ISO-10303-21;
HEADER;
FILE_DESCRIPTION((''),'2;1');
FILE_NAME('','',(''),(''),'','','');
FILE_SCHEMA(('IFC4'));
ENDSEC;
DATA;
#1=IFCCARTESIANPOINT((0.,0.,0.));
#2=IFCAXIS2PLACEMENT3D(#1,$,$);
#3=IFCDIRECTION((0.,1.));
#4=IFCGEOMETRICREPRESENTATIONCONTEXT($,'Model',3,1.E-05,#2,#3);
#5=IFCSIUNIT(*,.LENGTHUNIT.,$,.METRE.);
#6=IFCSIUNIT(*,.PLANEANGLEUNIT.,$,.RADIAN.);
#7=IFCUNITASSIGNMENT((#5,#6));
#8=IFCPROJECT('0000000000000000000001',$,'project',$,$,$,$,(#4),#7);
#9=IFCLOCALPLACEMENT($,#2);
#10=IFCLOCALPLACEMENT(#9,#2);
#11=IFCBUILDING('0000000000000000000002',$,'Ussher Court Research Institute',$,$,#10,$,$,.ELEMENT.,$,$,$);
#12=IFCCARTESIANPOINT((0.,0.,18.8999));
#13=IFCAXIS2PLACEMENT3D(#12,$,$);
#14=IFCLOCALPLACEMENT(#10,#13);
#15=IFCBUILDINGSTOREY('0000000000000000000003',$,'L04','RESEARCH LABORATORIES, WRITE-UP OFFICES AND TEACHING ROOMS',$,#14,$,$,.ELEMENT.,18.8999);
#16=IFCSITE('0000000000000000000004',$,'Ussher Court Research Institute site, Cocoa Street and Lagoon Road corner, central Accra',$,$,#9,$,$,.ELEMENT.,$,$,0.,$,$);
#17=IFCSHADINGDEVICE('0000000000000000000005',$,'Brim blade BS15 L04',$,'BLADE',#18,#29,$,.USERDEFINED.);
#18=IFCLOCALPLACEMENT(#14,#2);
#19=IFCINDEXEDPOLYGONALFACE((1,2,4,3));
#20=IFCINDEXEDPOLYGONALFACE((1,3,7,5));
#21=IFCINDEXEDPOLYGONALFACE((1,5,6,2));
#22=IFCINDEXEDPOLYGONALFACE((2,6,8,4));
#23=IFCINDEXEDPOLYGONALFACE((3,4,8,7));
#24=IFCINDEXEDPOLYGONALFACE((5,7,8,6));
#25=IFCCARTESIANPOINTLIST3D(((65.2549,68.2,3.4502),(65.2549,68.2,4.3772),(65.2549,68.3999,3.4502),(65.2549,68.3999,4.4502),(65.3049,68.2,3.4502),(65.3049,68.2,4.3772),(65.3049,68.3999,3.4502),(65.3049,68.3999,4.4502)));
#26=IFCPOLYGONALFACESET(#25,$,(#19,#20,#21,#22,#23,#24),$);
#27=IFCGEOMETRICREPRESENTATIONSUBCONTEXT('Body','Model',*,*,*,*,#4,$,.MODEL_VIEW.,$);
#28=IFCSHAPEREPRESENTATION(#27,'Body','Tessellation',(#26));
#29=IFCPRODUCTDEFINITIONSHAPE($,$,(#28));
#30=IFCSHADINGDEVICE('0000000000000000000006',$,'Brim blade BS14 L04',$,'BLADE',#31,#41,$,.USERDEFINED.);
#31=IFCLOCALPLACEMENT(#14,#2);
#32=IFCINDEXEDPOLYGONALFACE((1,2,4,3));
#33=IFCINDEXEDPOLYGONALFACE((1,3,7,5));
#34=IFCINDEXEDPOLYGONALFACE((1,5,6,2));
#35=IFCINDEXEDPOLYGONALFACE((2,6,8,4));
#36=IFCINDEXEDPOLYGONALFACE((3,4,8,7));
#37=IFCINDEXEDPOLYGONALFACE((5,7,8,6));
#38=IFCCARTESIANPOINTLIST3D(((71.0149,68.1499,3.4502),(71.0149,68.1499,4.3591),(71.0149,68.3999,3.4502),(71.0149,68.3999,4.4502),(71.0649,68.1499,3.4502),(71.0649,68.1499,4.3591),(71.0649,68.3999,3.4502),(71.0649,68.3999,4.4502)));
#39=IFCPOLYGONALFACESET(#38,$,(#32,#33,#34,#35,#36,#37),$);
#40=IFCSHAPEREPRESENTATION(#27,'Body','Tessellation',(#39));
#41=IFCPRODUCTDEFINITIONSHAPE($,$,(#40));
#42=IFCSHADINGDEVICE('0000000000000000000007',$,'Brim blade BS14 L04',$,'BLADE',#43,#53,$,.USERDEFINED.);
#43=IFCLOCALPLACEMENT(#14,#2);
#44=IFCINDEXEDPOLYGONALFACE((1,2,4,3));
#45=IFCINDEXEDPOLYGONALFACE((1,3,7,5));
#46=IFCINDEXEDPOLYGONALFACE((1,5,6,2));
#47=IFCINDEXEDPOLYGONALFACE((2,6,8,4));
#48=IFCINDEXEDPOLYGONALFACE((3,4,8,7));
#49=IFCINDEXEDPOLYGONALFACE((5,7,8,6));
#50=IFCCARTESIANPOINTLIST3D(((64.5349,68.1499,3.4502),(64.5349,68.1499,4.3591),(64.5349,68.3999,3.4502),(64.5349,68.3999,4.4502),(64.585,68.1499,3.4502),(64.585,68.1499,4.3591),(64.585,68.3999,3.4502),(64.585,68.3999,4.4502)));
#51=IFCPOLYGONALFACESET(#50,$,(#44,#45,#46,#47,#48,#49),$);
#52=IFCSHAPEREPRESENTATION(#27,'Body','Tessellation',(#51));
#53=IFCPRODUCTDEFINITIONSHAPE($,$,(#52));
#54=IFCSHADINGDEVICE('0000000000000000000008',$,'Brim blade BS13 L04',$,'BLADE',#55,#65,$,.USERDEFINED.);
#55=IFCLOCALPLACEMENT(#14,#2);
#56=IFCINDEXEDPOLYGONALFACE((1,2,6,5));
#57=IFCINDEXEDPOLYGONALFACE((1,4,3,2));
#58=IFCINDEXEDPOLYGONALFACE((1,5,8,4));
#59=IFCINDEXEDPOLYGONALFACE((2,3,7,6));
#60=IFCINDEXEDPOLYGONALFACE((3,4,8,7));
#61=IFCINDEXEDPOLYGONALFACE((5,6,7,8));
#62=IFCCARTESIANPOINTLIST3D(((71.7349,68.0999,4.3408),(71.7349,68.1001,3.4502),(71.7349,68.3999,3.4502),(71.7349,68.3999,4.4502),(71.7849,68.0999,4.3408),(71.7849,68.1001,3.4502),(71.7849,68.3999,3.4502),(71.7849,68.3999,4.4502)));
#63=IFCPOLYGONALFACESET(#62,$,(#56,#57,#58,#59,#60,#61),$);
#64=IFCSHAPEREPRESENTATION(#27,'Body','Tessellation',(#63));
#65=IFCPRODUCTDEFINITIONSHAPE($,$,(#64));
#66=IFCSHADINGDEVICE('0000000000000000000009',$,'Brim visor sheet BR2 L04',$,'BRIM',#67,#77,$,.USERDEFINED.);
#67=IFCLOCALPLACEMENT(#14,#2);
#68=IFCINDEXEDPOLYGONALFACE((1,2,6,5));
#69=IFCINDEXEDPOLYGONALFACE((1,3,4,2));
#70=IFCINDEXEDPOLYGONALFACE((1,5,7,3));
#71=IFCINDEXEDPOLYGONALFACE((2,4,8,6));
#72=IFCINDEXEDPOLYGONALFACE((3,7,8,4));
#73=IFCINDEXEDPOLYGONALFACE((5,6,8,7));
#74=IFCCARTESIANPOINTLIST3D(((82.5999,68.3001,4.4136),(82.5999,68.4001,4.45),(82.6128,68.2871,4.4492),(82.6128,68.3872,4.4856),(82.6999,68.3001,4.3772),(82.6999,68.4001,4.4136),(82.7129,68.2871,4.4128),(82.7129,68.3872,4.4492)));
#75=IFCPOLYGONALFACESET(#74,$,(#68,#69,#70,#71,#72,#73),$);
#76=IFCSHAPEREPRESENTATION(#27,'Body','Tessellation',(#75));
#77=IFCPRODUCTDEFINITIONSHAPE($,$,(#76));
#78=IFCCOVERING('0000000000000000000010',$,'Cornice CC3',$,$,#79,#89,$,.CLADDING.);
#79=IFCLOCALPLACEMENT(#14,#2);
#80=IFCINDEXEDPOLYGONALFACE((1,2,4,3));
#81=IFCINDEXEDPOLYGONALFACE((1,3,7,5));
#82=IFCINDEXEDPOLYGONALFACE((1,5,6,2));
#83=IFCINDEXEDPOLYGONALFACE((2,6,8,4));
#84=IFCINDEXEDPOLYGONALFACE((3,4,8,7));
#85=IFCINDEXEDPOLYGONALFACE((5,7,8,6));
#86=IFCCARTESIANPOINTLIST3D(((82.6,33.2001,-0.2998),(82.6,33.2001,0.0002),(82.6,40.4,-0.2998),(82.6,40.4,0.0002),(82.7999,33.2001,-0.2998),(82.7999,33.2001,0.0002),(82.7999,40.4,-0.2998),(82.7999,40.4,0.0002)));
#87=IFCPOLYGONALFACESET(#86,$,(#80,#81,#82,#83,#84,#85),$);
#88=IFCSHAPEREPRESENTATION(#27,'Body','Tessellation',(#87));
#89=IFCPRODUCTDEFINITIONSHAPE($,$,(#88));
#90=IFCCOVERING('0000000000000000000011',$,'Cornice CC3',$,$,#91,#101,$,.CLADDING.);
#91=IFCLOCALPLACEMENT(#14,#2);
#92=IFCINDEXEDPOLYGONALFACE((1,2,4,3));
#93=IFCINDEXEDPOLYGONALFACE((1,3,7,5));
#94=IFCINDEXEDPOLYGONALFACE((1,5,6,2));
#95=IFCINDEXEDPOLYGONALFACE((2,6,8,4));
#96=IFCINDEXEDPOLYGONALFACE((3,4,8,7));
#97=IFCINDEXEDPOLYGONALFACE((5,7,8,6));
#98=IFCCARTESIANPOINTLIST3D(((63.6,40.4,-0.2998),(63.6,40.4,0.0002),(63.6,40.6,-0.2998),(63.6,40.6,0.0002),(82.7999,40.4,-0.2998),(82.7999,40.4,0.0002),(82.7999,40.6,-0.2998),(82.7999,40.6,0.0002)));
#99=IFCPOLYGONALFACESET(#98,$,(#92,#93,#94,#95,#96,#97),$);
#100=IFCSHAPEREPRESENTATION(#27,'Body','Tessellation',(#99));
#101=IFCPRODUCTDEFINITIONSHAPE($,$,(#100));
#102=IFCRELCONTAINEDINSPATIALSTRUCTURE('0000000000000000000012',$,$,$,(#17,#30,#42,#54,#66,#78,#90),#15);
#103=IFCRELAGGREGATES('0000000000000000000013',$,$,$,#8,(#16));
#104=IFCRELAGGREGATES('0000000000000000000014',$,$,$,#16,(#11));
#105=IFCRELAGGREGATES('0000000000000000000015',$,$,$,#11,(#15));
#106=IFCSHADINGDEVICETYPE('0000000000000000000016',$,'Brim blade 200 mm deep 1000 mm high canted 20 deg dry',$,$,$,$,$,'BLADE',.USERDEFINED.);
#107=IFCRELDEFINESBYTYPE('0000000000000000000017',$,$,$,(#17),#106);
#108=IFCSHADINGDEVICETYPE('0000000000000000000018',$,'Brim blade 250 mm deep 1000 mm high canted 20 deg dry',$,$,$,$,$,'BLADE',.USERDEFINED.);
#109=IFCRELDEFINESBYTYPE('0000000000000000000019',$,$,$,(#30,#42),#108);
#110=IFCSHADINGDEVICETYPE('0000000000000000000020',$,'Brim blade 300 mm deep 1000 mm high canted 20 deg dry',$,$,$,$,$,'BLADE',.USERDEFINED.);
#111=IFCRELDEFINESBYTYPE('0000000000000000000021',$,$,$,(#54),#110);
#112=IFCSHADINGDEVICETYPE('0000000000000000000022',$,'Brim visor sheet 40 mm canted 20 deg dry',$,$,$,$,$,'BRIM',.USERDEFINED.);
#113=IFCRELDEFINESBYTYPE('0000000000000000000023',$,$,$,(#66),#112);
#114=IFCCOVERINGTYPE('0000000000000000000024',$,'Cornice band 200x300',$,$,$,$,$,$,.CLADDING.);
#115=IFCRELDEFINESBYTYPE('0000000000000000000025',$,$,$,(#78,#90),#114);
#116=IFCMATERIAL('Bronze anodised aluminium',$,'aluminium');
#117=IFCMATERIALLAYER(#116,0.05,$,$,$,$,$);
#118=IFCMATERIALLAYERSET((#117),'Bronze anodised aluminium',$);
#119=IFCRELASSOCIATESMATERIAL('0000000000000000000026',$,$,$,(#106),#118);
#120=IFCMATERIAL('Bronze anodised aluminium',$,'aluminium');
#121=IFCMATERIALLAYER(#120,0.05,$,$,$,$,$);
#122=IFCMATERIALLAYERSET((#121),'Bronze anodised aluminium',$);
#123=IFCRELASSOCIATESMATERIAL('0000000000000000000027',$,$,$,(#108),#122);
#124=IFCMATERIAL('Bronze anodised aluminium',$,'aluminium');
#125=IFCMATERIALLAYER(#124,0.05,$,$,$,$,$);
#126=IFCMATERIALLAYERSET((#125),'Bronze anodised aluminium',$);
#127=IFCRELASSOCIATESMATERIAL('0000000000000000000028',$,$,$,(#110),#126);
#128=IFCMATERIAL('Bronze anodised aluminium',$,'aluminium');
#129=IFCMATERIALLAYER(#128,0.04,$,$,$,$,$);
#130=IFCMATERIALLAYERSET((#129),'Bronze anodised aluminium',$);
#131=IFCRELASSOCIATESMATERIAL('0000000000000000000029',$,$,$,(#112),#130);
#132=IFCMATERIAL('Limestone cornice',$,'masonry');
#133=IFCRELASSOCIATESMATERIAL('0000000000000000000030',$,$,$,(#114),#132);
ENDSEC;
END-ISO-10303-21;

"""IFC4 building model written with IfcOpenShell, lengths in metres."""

from ifc_helpers import new_model, si_unit, direction, frame, origin, origin_2d, place, context, subcontext, project, spatial, polyline, rectangle, outline, extrude, material, layer, layer_set, type_object, element, save


model = new_model("IFC4")

# Units and contexts
model_context = context("Model", 3, precision=1e-05, world=origin(), true_north=direction((0.0, 1.0)))
body_context = subcontext(model_context, "Body", "Model", "MODEL_VIEW")
ifc_project = project(units=[si_unit("LENGTHUNIT", "METRE"), si_unit("PLANEANGLEUNIT", "RADIAN")], contexts=[model_context])

# Site, building, storey
site_placement = place(None, origin())
site = spatial("IfcSite", under=ifc_project, at=site_placement, Name="Ussher Court Research Institute site, Cocoa Street and Lagoon Road corner, central Accra", CompositionType="ELEMENT", RefElevation=0.0)
building_placement = place(site_placement, origin())
building = spatial("IfcBuilding", under=site, at=building_placement, Name="Ussher Court Research Institute", CompositionType="ELEMENT")
storey_placement = place(building_placement, frame((0.0, 0.0, 18.8999)))
storey = spatial("IfcBuildingStorey", under=building, at=storey_placement, Name="L04", Description="RESEARCH LABORATORIES, WRITE-UP OFFICES AND TEACHING ROOMS", CompositionType="ELEMENT", Elevation=18.8999)

# Shading devices
ifc_material_1 = material(Name="Bronze anodised aluminium", Category="aluminium")
ifc_layer_1 = layer(ifc_material_1, 0.05)
ifc_layer_set_1 = layer_set([ifc_layer_1], Name="Bronze anodised aluminium")
shading_device_type_1 = type_object("IfcShadingDeviceType", Name="Brim blade 200 mm deep 1000 mm high canted 20 deg dry", ElementType="BLADE", PredefinedType="USERDEFINED", material=ifc_layer_set_1)
for number, where, z_axis, x_axis, name in (
    (1, (65.28, 68.3999, 3.4502), (0.0, 0.0, 1.0), (0.0, -1.0, 0.0), "Brim blade BS15 L04"),
):
    element("IfcShadingDevice", number, at=place(storey_placement, frame(where, z_axis=z_axis, x_axis=x_axis)), inside=storey, type_object=shading_device_type_1, Name=name, ObjectType="BLADE", PredefinedType="USERDEFINED", context=body_context, shape_type="SweptSolid", body=[
        extrude(outline(polyline([(0.0, 0.0), (0.2, 0.0), (0.2, 0.927), (0.0, 1.0), (0.0, 0.0)])), frame((0.0, 0.0249, 0.0), z_axis=(0.0, -1.0, 0.0), x_axis=(1.0, 0.0, 0.0)), (0.0, 0.0, 1.0), 0.05),
    ])
ifc_material_2 = material(Name="Bronze anodised aluminium", Category="aluminium")
ifc_layer_2 = layer(ifc_material_2, 0.05)
ifc_layer_set_2 = layer_set([ifc_layer_2], Name="Bronze anodised aluminium")
shading_device_type_2 = type_object("IfcShadingDeviceType", Name="Brim blade 250 mm deep 1000 mm high canted 20 deg dry", ElementType="BLADE", PredefinedType="USERDEFINED", material=ifc_layer_set_2)
for number, where, z_axis, x_axis, name in (
    (2, (71.04, 68.3999, 3.4502), (0.0, 0.0, 1.0), (0.0, -1.0, 0.0), "Brim blade BS14 L04"),
    (3, (64.5601, 68.3999, 3.4502), (0.0, 0.0, 1.0), (0.0, -1.0, 0.0), "Brim blade BS14 L04"),
):
    element("IfcShadingDevice", number, at=place(storey_placement, frame(where, z_axis=z_axis, x_axis=x_axis)), inside=storey, type_object=shading_device_type_2, Name=name, ObjectType="BLADE", PredefinedType="USERDEFINED", context=body_context, shape_type="SweptSolid", body=[
        extrude(outline(polyline([(0.0, 0.0), (0.25, 0.0), (0.25, 0.9089), (0.0, 1.0), (0.0, 0.0)])), frame((0.0, 0.0249, 0.0), z_axis=(0.0, -1.0, 0.0), x_axis=(1.0, 0.0, 0.0)), (0.0, 0.0, 1.0), 0.05),
    ])
ifc_material_3 = material(Name="Bronze anodised aluminium", Category="aluminium")
ifc_layer_3 = layer(ifc_material_3, 0.05)
ifc_layer_set_3 = layer_set([ifc_layer_3], Name="Bronze anodised aluminium")
shading_device_type_3 = type_object("IfcShadingDeviceType", Name="Brim blade 300 mm deep 1000 mm high canted 20 deg dry", ElementType="BLADE", PredefinedType="USERDEFINED", material=ifc_layer_set_3)
shading_device_1_placement = place(storey_placement, frame((71.76, 68.3999, 3.4502), z_axis=(0.0, 0.0, 1.0), x_axis=(0.0, -1.0, 0.0)))
element("IfcShadingDevice", 4, at=shading_device_1_placement, inside=storey, type_object=shading_device_type_3, Name="Brim blade BS13 L04", ObjectType="BLADE", PredefinedType="USERDEFINED", context=body_context, shape_type="SweptSolid", body=[
    extrude(outline(polyline([(0.0, 0.0), (0.2998, 0.0), (0.3, 0.8906), (0.0, 1.0), (0.0, 0.0)])), frame((0.0, 0.0249, 0.0), z_axis=(0.0, -1.0, 0.0), x_axis=(1.0, 0.0, 0.0)), (0.0, 0.0, 1.0), 0.05),
])
ifc_material_4 = material(Name="Bronze anodised aluminium", Category="aluminium")
ifc_layer_4 = layer(ifc_material_4, 0.04)
ifc_layer_set_4 = layer_set([ifc_layer_4], Name="Bronze anodised aluminium")
shading_device_type_4 = type_object("IfcShadingDeviceType", Name="Brim visor sheet 40 mm canted 20 deg dry", ElementType="BRIM", PredefinedType="USERDEFINED", material=ifc_layer_set_4)
shading_device_2_placement = place(storey_placement, frame((82.6128, 68.3872, 4.4856), z_axis=(0.323225, -0.323225, 0.889411), x_axis=(0.0, -0.93986, -0.341559)))
element("IfcShadingDevice", 5, at=shading_device_2_placement, inside=storey, type_object=shading_device_type_4, Name="Brim visor sheet BR2 L04", ObjectType="BRIM", PredefinedType="USERDEFINED", context=body_context, shape_type="SweptSolid", body=[
    extrude(outline(polyline([(0.0, 0.0), (0.1065, 0.0), (0.1189, 0.1058), (0.0124, 0.1058), (0.0, 0.0)])), origin(), (0.0, 0.0, -1.0), 0.04),
])

# Coverings
ifc_material_5 = material(Name="Limestone cornice", Category="masonry")
covering_type = type_object("IfcCoveringType", Name="Cornice band 200x300", PredefinedType="CLADDING", material=ifc_material_5)
covering_1_placement = place(storey_placement, frame((82.7, 36.8, -0.2998), z_axis=(0.0, 0.0, 1.0), x_axis=(0.0, 1.0, 0.0)))
element("IfcCovering", 6, at=covering_1_placement, inside=storey, type_object=covering_type, Name="Cornice CC3", PredefinedType="CLADDING", context=body_context, shape_type="SweptSolid", body=[
    extrude(rectangle(XDim=7.2, YDim=0.2, at=origin_2d()), origin(), (0.0, 0.0, 1.0), 0.3),
])
covering_2_placement = place(storey_placement, frame((73.2, 40.5, -0.2998), z_axis=(0.0, 0.0, 1.0), x_axis=(-1.0, 0.0, 0.0)))
element("IfcCovering", 7, at=covering_2_placement, inside=storey, type_object=covering_type, Name="Cornice CC3", PredefinedType="CLADDING", context=body_context, shape_type="SweptSolid", body=[
    extrude(rectangle(XDim=19.2, YDim=0.2, at=origin_2d()), origin(), (0.0, 0.0, 1.0), 0.3),
])

save(model, "model.ifc")
